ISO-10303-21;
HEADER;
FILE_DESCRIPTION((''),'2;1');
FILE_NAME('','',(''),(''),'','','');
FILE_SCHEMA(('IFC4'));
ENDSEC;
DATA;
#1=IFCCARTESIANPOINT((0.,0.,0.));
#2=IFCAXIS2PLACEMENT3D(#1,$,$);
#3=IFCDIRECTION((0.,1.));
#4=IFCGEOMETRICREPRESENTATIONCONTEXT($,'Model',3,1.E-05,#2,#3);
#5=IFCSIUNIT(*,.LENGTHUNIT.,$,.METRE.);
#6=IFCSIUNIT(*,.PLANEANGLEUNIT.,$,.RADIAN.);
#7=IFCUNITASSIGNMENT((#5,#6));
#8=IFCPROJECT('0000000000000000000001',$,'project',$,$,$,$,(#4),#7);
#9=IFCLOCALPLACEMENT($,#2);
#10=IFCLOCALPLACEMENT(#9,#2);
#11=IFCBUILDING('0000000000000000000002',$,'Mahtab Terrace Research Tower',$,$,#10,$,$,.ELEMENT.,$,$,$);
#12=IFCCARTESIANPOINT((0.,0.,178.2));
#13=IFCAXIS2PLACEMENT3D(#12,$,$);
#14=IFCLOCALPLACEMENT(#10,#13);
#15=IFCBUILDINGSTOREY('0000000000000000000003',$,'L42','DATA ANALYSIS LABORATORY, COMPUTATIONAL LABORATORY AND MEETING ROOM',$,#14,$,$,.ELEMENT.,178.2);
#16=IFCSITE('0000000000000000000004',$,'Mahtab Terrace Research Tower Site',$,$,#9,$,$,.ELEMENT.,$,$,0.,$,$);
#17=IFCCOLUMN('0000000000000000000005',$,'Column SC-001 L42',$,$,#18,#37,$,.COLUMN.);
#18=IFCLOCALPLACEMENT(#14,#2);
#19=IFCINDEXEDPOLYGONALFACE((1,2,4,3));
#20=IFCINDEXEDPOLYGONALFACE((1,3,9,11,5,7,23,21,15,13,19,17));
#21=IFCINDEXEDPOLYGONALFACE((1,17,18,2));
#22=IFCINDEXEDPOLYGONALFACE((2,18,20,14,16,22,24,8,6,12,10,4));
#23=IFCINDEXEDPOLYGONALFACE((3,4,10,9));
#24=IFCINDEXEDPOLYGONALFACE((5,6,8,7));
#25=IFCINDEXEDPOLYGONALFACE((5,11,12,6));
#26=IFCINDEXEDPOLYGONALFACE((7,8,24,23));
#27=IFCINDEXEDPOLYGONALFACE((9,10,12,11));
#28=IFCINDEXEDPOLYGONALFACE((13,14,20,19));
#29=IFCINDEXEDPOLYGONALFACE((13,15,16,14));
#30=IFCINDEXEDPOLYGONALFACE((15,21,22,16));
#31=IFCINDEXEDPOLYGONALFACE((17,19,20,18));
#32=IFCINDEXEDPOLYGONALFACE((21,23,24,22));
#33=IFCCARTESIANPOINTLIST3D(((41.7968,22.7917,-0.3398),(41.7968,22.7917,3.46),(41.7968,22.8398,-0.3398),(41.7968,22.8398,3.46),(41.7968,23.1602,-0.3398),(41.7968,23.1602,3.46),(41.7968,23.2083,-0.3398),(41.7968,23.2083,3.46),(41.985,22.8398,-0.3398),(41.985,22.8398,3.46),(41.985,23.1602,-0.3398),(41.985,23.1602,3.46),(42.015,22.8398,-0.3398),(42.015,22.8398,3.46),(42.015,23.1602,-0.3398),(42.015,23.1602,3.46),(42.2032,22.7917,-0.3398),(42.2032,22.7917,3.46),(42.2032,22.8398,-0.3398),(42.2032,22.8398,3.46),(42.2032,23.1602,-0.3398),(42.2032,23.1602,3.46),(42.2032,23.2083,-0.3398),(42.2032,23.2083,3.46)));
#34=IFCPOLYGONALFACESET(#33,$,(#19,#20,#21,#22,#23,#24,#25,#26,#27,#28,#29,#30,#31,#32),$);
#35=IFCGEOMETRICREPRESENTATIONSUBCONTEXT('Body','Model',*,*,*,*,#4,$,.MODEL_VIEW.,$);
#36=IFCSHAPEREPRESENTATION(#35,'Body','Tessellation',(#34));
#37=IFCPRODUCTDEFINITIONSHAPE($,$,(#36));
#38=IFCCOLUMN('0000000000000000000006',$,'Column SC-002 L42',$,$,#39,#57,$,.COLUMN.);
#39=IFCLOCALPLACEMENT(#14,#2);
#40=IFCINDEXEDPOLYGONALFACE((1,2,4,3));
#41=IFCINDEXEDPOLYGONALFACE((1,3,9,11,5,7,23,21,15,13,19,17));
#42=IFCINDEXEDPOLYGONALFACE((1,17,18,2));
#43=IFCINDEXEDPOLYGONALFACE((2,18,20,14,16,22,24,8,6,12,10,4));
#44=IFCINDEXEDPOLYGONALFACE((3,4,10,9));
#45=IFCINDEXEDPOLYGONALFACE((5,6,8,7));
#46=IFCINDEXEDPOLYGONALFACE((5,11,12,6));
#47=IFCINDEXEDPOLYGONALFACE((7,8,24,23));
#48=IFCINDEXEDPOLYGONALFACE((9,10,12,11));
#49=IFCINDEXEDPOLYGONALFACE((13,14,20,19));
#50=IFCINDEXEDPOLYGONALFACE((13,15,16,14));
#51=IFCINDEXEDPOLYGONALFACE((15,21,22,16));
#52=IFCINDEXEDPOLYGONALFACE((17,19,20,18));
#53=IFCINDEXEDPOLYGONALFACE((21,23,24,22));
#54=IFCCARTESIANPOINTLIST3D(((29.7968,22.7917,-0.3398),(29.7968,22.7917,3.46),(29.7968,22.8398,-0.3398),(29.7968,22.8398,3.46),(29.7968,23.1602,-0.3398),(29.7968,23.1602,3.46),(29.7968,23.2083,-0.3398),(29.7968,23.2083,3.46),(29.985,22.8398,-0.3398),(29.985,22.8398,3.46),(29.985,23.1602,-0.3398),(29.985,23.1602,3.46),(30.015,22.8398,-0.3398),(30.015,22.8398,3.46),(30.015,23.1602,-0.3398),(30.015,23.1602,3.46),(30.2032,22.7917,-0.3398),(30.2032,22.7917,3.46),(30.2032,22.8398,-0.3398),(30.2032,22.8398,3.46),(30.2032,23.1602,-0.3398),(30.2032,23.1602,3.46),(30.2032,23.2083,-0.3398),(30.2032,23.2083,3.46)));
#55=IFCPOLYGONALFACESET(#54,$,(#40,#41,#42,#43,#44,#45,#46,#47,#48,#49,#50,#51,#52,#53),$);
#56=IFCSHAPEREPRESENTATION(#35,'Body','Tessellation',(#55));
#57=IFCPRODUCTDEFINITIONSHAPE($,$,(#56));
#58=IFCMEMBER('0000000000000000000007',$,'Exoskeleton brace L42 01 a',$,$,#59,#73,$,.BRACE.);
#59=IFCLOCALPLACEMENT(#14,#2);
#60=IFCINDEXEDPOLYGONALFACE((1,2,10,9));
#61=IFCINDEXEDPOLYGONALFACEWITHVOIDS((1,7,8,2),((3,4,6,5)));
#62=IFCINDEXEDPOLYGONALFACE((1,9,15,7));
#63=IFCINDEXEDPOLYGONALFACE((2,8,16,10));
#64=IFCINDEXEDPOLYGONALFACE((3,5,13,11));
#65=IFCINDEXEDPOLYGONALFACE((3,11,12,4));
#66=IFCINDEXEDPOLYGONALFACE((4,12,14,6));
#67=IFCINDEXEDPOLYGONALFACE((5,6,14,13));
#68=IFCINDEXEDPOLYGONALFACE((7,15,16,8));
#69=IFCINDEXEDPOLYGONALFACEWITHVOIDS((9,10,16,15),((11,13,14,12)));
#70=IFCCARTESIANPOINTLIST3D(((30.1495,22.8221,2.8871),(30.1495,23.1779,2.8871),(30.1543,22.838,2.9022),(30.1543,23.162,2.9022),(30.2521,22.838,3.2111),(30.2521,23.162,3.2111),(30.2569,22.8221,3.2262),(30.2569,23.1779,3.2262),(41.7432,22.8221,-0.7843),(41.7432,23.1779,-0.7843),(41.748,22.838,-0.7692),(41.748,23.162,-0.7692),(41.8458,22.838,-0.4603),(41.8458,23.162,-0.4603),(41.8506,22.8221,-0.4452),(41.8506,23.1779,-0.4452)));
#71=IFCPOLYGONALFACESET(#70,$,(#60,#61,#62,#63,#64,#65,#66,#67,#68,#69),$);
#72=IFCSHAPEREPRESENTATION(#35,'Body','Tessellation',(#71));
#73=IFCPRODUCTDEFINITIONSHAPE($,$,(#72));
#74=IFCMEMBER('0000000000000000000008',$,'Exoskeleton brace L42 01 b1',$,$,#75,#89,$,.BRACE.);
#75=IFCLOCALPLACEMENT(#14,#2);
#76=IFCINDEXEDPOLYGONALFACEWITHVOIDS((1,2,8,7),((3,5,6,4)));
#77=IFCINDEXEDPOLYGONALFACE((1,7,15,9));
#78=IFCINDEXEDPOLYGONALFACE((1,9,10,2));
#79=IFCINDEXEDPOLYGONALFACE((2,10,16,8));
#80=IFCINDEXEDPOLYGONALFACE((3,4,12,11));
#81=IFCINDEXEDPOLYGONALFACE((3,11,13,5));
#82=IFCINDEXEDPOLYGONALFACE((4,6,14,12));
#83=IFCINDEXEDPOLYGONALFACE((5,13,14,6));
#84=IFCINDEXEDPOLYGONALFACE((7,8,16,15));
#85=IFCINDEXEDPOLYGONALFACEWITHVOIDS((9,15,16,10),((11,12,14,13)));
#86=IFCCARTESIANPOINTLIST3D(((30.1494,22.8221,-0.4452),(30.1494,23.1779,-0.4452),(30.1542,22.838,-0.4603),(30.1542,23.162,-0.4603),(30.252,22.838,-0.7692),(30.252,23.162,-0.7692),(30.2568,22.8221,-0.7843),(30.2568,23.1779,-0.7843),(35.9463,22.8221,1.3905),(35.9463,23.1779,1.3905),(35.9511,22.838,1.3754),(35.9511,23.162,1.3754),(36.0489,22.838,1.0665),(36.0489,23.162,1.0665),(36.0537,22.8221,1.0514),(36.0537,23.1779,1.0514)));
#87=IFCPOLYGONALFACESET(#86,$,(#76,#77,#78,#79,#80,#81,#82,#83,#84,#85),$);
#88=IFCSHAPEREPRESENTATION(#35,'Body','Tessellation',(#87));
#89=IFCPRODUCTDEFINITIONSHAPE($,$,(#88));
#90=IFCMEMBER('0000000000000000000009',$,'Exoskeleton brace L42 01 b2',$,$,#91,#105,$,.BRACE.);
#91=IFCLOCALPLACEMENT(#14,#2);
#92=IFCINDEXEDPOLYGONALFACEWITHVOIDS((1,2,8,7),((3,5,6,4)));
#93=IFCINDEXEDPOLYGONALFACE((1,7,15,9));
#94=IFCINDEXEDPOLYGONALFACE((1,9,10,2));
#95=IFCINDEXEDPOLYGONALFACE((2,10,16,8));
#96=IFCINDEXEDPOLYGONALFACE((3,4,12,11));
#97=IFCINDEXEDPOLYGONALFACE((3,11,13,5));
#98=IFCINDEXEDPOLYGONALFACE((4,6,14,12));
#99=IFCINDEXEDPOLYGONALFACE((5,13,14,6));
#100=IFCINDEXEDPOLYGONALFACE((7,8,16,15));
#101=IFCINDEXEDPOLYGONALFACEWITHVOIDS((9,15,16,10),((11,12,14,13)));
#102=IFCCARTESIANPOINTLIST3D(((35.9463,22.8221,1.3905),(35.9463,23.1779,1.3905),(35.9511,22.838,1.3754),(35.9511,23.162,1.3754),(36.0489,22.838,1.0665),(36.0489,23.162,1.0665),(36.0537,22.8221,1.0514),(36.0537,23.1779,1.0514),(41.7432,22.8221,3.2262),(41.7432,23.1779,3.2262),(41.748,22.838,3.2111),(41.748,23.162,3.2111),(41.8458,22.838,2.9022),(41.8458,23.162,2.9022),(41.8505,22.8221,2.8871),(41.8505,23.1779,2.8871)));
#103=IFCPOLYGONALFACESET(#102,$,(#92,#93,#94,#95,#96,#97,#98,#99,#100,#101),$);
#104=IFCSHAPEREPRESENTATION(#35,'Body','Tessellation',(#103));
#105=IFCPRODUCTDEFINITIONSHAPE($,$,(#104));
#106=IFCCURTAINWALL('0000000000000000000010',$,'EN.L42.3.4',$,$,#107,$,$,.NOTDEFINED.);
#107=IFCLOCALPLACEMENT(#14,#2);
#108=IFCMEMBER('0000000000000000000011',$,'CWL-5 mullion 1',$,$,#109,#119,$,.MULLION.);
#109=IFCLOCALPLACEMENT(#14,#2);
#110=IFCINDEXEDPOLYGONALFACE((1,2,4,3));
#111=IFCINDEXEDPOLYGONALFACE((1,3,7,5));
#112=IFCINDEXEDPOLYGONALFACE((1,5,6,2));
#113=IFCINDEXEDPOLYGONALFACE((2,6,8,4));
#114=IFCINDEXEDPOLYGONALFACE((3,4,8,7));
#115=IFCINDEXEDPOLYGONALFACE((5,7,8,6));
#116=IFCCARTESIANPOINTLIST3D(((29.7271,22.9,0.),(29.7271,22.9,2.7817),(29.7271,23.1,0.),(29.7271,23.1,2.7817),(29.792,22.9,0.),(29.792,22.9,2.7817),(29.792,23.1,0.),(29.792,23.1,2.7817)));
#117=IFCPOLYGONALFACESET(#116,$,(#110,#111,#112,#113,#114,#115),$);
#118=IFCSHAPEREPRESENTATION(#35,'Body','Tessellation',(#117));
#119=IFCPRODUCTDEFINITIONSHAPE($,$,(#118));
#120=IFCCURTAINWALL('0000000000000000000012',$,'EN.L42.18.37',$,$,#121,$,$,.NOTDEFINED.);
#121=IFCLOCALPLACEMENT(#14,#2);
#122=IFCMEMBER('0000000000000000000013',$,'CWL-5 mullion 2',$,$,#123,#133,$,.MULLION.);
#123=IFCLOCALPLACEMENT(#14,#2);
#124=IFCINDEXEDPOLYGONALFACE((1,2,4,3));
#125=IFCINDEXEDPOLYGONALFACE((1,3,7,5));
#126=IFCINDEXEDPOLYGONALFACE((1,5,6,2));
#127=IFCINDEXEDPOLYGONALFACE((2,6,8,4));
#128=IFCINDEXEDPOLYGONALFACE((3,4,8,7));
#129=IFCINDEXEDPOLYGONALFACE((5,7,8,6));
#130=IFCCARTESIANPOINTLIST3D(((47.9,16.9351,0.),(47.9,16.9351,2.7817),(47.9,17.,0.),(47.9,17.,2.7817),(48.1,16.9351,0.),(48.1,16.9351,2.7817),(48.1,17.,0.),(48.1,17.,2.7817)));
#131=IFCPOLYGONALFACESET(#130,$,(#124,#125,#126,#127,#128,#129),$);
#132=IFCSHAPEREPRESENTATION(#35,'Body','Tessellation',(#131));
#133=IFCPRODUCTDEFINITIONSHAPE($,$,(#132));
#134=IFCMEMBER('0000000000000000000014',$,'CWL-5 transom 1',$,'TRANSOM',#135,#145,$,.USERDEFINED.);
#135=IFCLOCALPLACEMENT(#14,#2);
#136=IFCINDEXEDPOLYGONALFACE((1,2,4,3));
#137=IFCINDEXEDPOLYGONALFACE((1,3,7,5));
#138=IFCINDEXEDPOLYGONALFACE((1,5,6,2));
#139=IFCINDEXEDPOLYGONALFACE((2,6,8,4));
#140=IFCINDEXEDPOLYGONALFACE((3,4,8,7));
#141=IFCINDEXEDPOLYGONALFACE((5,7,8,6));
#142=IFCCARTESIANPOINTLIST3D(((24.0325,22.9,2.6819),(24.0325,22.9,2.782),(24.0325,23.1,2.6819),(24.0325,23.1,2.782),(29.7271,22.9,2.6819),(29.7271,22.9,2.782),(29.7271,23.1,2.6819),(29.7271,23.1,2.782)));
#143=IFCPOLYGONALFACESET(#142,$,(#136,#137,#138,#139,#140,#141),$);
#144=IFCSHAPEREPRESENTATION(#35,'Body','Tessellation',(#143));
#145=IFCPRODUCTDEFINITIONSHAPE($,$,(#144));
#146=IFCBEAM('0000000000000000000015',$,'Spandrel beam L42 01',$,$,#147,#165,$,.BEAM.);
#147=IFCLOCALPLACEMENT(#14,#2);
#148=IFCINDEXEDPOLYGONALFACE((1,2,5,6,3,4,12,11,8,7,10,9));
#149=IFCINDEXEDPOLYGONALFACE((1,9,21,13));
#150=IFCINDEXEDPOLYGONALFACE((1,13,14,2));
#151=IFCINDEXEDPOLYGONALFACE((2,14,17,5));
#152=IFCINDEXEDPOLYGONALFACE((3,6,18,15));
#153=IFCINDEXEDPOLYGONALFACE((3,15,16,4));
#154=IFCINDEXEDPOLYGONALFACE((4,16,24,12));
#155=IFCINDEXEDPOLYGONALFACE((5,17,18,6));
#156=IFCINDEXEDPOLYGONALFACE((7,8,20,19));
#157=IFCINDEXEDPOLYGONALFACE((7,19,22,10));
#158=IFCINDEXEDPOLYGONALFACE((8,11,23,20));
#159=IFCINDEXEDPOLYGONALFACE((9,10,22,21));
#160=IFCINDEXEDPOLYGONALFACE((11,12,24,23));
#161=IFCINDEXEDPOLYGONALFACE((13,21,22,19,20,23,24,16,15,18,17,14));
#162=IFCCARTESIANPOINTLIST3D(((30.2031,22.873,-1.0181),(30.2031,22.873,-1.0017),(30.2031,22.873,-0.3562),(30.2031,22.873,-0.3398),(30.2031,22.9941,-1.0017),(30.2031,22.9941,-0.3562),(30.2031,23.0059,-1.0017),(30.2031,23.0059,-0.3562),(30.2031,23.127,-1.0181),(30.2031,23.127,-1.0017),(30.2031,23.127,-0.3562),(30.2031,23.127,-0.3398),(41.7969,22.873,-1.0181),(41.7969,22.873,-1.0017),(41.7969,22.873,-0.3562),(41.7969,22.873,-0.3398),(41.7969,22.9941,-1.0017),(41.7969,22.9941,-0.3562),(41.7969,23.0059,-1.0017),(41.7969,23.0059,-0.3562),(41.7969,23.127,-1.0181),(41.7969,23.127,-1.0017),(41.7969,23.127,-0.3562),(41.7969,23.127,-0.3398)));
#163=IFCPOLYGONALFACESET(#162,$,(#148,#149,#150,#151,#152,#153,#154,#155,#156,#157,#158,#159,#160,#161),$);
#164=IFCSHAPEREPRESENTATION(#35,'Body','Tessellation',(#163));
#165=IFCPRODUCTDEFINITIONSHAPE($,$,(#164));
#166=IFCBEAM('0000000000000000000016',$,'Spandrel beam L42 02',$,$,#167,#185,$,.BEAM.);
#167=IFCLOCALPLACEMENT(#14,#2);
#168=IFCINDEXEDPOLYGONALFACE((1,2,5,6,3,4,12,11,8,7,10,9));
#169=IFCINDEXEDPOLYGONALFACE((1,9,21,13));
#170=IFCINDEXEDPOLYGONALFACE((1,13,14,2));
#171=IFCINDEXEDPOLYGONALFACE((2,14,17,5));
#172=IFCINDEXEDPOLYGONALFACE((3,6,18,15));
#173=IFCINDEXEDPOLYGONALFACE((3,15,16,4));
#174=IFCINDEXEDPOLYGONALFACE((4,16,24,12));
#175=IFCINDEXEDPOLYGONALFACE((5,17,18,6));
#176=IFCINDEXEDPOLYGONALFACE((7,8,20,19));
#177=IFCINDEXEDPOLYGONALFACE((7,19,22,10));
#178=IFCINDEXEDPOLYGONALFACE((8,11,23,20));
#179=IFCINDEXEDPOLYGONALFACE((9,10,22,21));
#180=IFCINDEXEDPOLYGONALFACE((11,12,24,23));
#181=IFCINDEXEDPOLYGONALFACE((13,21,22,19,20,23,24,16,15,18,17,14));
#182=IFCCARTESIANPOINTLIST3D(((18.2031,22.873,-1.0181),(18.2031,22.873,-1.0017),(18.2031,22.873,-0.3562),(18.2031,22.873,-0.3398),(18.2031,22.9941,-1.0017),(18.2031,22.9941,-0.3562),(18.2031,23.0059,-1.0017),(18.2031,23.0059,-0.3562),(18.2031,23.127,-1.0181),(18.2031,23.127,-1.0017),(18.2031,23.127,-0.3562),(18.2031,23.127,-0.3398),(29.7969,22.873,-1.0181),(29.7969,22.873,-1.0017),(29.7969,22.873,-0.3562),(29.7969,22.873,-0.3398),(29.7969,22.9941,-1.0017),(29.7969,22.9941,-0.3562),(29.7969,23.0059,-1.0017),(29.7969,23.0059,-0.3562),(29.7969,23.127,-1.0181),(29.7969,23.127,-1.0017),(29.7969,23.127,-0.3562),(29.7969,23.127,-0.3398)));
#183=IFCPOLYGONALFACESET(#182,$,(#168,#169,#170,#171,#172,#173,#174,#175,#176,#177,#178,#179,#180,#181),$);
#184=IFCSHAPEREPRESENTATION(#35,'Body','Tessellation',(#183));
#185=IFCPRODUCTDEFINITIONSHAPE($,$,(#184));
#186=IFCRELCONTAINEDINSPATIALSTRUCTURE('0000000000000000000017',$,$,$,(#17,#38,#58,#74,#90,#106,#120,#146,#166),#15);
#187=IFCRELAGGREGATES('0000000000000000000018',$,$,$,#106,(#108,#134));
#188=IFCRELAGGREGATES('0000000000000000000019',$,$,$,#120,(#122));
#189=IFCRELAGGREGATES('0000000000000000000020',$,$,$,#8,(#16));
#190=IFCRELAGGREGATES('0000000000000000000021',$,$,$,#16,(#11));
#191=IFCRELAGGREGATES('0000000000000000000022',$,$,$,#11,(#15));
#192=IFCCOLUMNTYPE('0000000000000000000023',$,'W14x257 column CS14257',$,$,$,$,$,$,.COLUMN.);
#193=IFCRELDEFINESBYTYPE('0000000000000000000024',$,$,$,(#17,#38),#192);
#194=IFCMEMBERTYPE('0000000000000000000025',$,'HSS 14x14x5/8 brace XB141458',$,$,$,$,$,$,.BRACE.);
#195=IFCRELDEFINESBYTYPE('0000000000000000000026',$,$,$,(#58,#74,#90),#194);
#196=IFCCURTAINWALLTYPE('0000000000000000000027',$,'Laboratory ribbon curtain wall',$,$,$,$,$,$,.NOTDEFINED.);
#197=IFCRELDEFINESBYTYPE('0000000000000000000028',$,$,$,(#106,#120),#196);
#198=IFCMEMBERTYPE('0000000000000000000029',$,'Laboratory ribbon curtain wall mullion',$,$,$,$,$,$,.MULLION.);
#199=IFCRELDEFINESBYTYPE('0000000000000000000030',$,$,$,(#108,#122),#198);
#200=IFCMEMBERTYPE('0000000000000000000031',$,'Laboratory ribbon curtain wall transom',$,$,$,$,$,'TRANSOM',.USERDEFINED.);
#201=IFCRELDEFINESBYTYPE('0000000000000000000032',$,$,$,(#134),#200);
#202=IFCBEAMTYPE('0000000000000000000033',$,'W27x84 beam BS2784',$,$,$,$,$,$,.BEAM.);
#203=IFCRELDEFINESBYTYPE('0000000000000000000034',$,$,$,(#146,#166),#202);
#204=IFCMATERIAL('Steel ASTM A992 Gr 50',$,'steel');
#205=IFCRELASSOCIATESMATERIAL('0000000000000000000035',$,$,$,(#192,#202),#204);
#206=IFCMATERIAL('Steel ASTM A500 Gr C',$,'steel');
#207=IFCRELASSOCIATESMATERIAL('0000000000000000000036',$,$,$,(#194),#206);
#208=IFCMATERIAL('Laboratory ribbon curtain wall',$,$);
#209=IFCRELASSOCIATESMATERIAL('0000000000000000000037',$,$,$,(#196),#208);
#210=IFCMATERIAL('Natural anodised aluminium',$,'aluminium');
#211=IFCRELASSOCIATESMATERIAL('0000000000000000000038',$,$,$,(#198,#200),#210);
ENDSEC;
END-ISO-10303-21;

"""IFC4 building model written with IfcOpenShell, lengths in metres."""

from ifc_helpers import new_model, si_unit, direction, frame, origin, origin_2d, place, context, subcontext, project, spatial, rectangle, hollow_rectangle, i_section, extrude, material, material_profile, profile_set, type_object, element, aggregate, save


model = new_model("IFC4")

# Units and contexts
model_context = context("Model", 3, precision=1e-05, world=origin(), true_north=direction((0.0, 1.0)))
body_context = subcontext(model_context, "Body", "Model", "MODEL_VIEW")
ifc_project = project(units=[si_unit("LENGTHUNIT", "METRE"), si_unit("PLANEANGLEUNIT", "RADIAN")], contexts=[model_context])

# Site, building, storey
site_placement = place(None, origin())
site = spatial("IfcSite", under=ifc_project, at=site_placement, Name="Mahtab Terrace Research Tower Site", CompositionType="ELEMENT", RefElevation=0.0)
building_placement = place(site_placement, origin())
building = spatial("IfcBuilding", under=site, at=building_placement, Name="Mahtab Terrace Research Tower", CompositionType="ELEMENT")
storey_placement = place(building_placement, frame((0.0, 0.0, 178.2)))
storey = spatial("IfcBuildingStorey", under=building, at=storey_placement, Name="L42", Description="DATA ANALYSIS LABORATORY, COMPUTATIONAL LABORATORY AND MEETING ROOM", CompositionType="ELEMENT", Elevation=178.2)

# Columns
ifc_material_1 = material(Name="Steel ASTM A992 Gr 50", Category="steel")
ifc_material_profile_1 = material_profile(ifc_material_1, i_section(OverallWidth=0.4065, OverallDepth=0.4165, WebThickness=0.03, FlangeThickness=0.0481, at=origin_2d()), Name="W14X257")
ifc_profile_set_1 = profile_set([ifc_material_profile_1], Name="Steel ASTM A992 Gr 50")
column_type = type_object("IfcColumnType", Name="W14x257 column CS14257", PredefinedType="COLUMN", material=ifc_profile_set_1)
for number, where, z_axis, x_axis, name in (
    (1, (42.0, 23.0, -0.3398), (0.0, 0.0, 1.0), (1.0, 0.0, 0.0), "Column SC-001 L42"),
    (2, (30.0, 23.0, -0.3398), (0.0, 0.0, 1.0), (1.0, 0.0, 0.0), "Column SC-002 L42"),
):
    element("IfcColumn", number, at=place(storey_placement, frame(where, z_axis=z_axis, x_axis=x_axis)), inside=storey, type_object=column_type, Name=name, PredefinedType="COLUMN", context=body_context, shape_type="SweptSolid", body=[
        extrude(i_section(OverallWidth=0.4065, OverallDepth=0.4165, WebThickness=0.03, FlangeThickness=0.0481, at=origin_2d()), origin(), (0.0, 0.0, 1.0), 3.7998),
    ])

# Members
ifc_material_2 = material(Name="Steel ASTM A500 Gr C", Category="steel")
ifc_material_profile_2 = material_profile(ifc_material_2, hollow_rectangle(XDim=0.3557, YDim=0.3557, WallThickness=0.0159, at=origin_2d()), Name="HSS14X14X5/8")
ifc_profile_set_2 = profile_set([ifc_material_profile_2], Name="Steel ASTM A500 Gr C")
member_type_1 = type_object("IfcMemberType", Name="HSS 14x14x5/8 brace XB141458", PredefinedType="BRACE", material=ifc_profile_set_2)
member_1_placement = place(storey_placement, frame((41.7969, 23.0, -0.6147), z_axis=(-0.953341, 0.0, 0.301894), x_axis=(0.0, -1.0, 0.0)))
element("IfcMember", 3, at=member_1_placement, inside=storey, type_object=member_type_1, Name="Exoskeleton brace L42 01 a", PredefinedType="BRACE", context=body_context, shape_type="SweptSolid", body=[
    extrude(hollow_rectangle(XDim=0.3557, YDim=0.3557, WallThickness=0.0159, at=origin_2d()), origin(), (0.0, 0.0, 1.0), 12.1611),
])
for number, where, z_axis, x_axis, name in (
    (4, (30.2031, 23.0, -0.6147), (0.953341, 0.0, 0.301894), (0.0, 1.0, 0.0), "Exoskeleton brace L42 01 b1"),
    (5, (36.0, 23.0, 1.2209), (0.953341, 0.0, 0.301894), (0.0, 1.0, 0.0), "Exoskeleton brace L42 01 b2"),
):
    element("IfcMember", number, at=place(storey_placement, frame(where, z_axis=z_axis, x_axis=x_axis)), inside=storey, type_object=member_type_1, Name=name, PredefinedType="BRACE", context=body_context, shape_type="SweptSolid", body=[
        extrude(hollow_rectangle(XDim=0.3557, YDim=0.3557, WallThickness=0.0159, at=origin_2d()), origin(), (0.0, 0.0, 1.0), 6.0806),
    ])

# Curtain walls, members
ifc_material_3 = material(Name="Laboratory ribbon curtain wall")
curtain_wall_type = type_object("IfcCurtainWallType", Name="Laboratory ribbon curtain wall", PredefinedType="NOTDEFINED", material=ifc_material_3)
curtain_wall_1_placement = place(storey_placement, origin())
curtain_wall_1 = element("IfcCurtainWall", 6, at=curtain_wall_1_placement, inside=storey, type_object=curtain_wall_type, Name="EN.L42.3.4", PredefinedType="NOTDEFINED")
ifc_material_4 = material(Name="Natural anodised aluminium", Category="aluminium")
ifc_material_profile_3 = material_profile(ifc_material_4, rectangle(XDim=0.2, YDim=0.0649, at=origin_2d()), Name="MULLION 65x200")
ifc_profile_set_3 = profile_set([ifc_material_profile_3], Name="Natural anodised aluminium")
member_type_2 = type_object("IfcMemberType", Name="Laboratory ribbon curtain wall mullion", PredefinedType="MULLION", material=ifc_profile_set_3)
member_2_placement = place(storey_placement, frame((29.7595, 23.0, 0.0), z_axis=(0.0, 0.0, 1.0), x_axis=(0.0, -1.0, 0.0)))
member_2 = element("IfcMember", 7, at=member_2_placement, type_object=member_type_2, Name="CWL-5 mullion 1", PredefinedType="MULLION", context=body_context, shape_type="SweptSolid", body=[
    extrude(rectangle(XDim=0.2, YDim=0.0649, at=origin_2d()), origin(), (0.0, 0.0, 1.0), 2.7817),
])
curtain_wall_2_placement = place(storey_placement, origin())
curtain_wall_2 = element("IfcCurtainWall", 8, at=curtain_wall_2_placement, inside=storey, type_object=curtain_wall_type, Name="EN.L42.18.37", PredefinedType="NOTDEFINED")
member_3_placement = place(storey_placement, frame((48.0, 16.9675, 0.0), z_axis=(0.0, 0.0, 1.0), x_axis=(-1.0, 0.0, 0.0)))
member_3 = element("IfcMember", 9, at=member_3_placement, type_object=member_type_2, Name="CWL-5 mullion 2", PredefinedType="MULLION", context=body_context, shape_type="SweptSolid", body=[
    extrude(rectangle(XDim=0.2, YDim=0.0649, at=origin_2d()), origin(), (0.0, 0.0, 1.0), 2.7817),
])

# Member
ifc_material_profile_4 = material_profile(ifc_material_4, rectangle(XDim=0.2, YDim=0.1001, at=origin_2d()), Name="TRANSOM 100x200")
ifc_profile_set_4 = profile_set([ifc_material_profile_4], Name="Natural anodised aluminium")
member_type_3 = type_object("IfcMemberType", Name="Laboratory ribbon curtain wall transom", ElementType="TRANSOM", PredefinedType="USERDEFINED", material=ifc_profile_set_4)
member_4_placement = place(storey_placement, frame((29.7271, 23.0, 2.7319), z_axis=(-1.0, 0.0, 0.0), x_axis=(0.0, -1.0, 0.0)))
member_4 = element("IfcMember", 10, at=member_4_placement, type_object=member_type_3, Name="CWL-5 transom 1", ObjectType="TRANSOM", PredefinedType="USERDEFINED", context=body_context, shape_type="SweptSolid", body=[
    extrude(rectangle(XDim=0.2, YDim=0.1001, at=origin_2d()), origin(), (0.0, 0.0, 1.0), 5.6946),
])

# Beams
ifc_material_profile_5 = material_profile(ifc_material_1, i_section(OverallWidth=0.2539, OverallDepth=0.6782, WebThickness=0.0117, FlangeThickness=0.0164, at=origin_2d()), Name="W27X84")
ifc_profile_set_5 = profile_set([ifc_material_profile_5], Name="Steel ASTM A992 Gr 50")
beam_type = type_object("IfcBeamType", Name="W27x84 beam BS2784", PredefinedType="BEAM", material=ifc_profile_set_5)
for number, where, z_axis, x_axis, name in (
    (11, (41.7969, 23.0, -0.679), (-1.0, 0.0, 0.0), (0.0, -1.0, 0.0), "Spandrel beam L42 01"),
    (12, (29.7969, 23.0, -0.679), (-1.0, 0.0, 0.0), (0.0, -1.0, 0.0), "Spandrel beam L42 02"),
):
    element("IfcBeam", number, at=place(storey_placement, frame(where, z_axis=z_axis, x_axis=x_axis)), inside=storey, type_object=beam_type, Name=name, PredefinedType="BEAM", context=body_context, shape_type="SweptSolid", body=[
        extrude(i_section(OverallWidth=0.2539, OverallDepth=0.6782, WebThickness=0.0117, FlangeThickness=0.0164, at=origin_2d()), origin(), (0.0, 0.0, 1.0), 11.5938),
    ])

aggregate(curtain_wall_1, [member_2, member_4])
aggregate(curtain_wall_2, [member_3])

save(model, "model.ifc")
